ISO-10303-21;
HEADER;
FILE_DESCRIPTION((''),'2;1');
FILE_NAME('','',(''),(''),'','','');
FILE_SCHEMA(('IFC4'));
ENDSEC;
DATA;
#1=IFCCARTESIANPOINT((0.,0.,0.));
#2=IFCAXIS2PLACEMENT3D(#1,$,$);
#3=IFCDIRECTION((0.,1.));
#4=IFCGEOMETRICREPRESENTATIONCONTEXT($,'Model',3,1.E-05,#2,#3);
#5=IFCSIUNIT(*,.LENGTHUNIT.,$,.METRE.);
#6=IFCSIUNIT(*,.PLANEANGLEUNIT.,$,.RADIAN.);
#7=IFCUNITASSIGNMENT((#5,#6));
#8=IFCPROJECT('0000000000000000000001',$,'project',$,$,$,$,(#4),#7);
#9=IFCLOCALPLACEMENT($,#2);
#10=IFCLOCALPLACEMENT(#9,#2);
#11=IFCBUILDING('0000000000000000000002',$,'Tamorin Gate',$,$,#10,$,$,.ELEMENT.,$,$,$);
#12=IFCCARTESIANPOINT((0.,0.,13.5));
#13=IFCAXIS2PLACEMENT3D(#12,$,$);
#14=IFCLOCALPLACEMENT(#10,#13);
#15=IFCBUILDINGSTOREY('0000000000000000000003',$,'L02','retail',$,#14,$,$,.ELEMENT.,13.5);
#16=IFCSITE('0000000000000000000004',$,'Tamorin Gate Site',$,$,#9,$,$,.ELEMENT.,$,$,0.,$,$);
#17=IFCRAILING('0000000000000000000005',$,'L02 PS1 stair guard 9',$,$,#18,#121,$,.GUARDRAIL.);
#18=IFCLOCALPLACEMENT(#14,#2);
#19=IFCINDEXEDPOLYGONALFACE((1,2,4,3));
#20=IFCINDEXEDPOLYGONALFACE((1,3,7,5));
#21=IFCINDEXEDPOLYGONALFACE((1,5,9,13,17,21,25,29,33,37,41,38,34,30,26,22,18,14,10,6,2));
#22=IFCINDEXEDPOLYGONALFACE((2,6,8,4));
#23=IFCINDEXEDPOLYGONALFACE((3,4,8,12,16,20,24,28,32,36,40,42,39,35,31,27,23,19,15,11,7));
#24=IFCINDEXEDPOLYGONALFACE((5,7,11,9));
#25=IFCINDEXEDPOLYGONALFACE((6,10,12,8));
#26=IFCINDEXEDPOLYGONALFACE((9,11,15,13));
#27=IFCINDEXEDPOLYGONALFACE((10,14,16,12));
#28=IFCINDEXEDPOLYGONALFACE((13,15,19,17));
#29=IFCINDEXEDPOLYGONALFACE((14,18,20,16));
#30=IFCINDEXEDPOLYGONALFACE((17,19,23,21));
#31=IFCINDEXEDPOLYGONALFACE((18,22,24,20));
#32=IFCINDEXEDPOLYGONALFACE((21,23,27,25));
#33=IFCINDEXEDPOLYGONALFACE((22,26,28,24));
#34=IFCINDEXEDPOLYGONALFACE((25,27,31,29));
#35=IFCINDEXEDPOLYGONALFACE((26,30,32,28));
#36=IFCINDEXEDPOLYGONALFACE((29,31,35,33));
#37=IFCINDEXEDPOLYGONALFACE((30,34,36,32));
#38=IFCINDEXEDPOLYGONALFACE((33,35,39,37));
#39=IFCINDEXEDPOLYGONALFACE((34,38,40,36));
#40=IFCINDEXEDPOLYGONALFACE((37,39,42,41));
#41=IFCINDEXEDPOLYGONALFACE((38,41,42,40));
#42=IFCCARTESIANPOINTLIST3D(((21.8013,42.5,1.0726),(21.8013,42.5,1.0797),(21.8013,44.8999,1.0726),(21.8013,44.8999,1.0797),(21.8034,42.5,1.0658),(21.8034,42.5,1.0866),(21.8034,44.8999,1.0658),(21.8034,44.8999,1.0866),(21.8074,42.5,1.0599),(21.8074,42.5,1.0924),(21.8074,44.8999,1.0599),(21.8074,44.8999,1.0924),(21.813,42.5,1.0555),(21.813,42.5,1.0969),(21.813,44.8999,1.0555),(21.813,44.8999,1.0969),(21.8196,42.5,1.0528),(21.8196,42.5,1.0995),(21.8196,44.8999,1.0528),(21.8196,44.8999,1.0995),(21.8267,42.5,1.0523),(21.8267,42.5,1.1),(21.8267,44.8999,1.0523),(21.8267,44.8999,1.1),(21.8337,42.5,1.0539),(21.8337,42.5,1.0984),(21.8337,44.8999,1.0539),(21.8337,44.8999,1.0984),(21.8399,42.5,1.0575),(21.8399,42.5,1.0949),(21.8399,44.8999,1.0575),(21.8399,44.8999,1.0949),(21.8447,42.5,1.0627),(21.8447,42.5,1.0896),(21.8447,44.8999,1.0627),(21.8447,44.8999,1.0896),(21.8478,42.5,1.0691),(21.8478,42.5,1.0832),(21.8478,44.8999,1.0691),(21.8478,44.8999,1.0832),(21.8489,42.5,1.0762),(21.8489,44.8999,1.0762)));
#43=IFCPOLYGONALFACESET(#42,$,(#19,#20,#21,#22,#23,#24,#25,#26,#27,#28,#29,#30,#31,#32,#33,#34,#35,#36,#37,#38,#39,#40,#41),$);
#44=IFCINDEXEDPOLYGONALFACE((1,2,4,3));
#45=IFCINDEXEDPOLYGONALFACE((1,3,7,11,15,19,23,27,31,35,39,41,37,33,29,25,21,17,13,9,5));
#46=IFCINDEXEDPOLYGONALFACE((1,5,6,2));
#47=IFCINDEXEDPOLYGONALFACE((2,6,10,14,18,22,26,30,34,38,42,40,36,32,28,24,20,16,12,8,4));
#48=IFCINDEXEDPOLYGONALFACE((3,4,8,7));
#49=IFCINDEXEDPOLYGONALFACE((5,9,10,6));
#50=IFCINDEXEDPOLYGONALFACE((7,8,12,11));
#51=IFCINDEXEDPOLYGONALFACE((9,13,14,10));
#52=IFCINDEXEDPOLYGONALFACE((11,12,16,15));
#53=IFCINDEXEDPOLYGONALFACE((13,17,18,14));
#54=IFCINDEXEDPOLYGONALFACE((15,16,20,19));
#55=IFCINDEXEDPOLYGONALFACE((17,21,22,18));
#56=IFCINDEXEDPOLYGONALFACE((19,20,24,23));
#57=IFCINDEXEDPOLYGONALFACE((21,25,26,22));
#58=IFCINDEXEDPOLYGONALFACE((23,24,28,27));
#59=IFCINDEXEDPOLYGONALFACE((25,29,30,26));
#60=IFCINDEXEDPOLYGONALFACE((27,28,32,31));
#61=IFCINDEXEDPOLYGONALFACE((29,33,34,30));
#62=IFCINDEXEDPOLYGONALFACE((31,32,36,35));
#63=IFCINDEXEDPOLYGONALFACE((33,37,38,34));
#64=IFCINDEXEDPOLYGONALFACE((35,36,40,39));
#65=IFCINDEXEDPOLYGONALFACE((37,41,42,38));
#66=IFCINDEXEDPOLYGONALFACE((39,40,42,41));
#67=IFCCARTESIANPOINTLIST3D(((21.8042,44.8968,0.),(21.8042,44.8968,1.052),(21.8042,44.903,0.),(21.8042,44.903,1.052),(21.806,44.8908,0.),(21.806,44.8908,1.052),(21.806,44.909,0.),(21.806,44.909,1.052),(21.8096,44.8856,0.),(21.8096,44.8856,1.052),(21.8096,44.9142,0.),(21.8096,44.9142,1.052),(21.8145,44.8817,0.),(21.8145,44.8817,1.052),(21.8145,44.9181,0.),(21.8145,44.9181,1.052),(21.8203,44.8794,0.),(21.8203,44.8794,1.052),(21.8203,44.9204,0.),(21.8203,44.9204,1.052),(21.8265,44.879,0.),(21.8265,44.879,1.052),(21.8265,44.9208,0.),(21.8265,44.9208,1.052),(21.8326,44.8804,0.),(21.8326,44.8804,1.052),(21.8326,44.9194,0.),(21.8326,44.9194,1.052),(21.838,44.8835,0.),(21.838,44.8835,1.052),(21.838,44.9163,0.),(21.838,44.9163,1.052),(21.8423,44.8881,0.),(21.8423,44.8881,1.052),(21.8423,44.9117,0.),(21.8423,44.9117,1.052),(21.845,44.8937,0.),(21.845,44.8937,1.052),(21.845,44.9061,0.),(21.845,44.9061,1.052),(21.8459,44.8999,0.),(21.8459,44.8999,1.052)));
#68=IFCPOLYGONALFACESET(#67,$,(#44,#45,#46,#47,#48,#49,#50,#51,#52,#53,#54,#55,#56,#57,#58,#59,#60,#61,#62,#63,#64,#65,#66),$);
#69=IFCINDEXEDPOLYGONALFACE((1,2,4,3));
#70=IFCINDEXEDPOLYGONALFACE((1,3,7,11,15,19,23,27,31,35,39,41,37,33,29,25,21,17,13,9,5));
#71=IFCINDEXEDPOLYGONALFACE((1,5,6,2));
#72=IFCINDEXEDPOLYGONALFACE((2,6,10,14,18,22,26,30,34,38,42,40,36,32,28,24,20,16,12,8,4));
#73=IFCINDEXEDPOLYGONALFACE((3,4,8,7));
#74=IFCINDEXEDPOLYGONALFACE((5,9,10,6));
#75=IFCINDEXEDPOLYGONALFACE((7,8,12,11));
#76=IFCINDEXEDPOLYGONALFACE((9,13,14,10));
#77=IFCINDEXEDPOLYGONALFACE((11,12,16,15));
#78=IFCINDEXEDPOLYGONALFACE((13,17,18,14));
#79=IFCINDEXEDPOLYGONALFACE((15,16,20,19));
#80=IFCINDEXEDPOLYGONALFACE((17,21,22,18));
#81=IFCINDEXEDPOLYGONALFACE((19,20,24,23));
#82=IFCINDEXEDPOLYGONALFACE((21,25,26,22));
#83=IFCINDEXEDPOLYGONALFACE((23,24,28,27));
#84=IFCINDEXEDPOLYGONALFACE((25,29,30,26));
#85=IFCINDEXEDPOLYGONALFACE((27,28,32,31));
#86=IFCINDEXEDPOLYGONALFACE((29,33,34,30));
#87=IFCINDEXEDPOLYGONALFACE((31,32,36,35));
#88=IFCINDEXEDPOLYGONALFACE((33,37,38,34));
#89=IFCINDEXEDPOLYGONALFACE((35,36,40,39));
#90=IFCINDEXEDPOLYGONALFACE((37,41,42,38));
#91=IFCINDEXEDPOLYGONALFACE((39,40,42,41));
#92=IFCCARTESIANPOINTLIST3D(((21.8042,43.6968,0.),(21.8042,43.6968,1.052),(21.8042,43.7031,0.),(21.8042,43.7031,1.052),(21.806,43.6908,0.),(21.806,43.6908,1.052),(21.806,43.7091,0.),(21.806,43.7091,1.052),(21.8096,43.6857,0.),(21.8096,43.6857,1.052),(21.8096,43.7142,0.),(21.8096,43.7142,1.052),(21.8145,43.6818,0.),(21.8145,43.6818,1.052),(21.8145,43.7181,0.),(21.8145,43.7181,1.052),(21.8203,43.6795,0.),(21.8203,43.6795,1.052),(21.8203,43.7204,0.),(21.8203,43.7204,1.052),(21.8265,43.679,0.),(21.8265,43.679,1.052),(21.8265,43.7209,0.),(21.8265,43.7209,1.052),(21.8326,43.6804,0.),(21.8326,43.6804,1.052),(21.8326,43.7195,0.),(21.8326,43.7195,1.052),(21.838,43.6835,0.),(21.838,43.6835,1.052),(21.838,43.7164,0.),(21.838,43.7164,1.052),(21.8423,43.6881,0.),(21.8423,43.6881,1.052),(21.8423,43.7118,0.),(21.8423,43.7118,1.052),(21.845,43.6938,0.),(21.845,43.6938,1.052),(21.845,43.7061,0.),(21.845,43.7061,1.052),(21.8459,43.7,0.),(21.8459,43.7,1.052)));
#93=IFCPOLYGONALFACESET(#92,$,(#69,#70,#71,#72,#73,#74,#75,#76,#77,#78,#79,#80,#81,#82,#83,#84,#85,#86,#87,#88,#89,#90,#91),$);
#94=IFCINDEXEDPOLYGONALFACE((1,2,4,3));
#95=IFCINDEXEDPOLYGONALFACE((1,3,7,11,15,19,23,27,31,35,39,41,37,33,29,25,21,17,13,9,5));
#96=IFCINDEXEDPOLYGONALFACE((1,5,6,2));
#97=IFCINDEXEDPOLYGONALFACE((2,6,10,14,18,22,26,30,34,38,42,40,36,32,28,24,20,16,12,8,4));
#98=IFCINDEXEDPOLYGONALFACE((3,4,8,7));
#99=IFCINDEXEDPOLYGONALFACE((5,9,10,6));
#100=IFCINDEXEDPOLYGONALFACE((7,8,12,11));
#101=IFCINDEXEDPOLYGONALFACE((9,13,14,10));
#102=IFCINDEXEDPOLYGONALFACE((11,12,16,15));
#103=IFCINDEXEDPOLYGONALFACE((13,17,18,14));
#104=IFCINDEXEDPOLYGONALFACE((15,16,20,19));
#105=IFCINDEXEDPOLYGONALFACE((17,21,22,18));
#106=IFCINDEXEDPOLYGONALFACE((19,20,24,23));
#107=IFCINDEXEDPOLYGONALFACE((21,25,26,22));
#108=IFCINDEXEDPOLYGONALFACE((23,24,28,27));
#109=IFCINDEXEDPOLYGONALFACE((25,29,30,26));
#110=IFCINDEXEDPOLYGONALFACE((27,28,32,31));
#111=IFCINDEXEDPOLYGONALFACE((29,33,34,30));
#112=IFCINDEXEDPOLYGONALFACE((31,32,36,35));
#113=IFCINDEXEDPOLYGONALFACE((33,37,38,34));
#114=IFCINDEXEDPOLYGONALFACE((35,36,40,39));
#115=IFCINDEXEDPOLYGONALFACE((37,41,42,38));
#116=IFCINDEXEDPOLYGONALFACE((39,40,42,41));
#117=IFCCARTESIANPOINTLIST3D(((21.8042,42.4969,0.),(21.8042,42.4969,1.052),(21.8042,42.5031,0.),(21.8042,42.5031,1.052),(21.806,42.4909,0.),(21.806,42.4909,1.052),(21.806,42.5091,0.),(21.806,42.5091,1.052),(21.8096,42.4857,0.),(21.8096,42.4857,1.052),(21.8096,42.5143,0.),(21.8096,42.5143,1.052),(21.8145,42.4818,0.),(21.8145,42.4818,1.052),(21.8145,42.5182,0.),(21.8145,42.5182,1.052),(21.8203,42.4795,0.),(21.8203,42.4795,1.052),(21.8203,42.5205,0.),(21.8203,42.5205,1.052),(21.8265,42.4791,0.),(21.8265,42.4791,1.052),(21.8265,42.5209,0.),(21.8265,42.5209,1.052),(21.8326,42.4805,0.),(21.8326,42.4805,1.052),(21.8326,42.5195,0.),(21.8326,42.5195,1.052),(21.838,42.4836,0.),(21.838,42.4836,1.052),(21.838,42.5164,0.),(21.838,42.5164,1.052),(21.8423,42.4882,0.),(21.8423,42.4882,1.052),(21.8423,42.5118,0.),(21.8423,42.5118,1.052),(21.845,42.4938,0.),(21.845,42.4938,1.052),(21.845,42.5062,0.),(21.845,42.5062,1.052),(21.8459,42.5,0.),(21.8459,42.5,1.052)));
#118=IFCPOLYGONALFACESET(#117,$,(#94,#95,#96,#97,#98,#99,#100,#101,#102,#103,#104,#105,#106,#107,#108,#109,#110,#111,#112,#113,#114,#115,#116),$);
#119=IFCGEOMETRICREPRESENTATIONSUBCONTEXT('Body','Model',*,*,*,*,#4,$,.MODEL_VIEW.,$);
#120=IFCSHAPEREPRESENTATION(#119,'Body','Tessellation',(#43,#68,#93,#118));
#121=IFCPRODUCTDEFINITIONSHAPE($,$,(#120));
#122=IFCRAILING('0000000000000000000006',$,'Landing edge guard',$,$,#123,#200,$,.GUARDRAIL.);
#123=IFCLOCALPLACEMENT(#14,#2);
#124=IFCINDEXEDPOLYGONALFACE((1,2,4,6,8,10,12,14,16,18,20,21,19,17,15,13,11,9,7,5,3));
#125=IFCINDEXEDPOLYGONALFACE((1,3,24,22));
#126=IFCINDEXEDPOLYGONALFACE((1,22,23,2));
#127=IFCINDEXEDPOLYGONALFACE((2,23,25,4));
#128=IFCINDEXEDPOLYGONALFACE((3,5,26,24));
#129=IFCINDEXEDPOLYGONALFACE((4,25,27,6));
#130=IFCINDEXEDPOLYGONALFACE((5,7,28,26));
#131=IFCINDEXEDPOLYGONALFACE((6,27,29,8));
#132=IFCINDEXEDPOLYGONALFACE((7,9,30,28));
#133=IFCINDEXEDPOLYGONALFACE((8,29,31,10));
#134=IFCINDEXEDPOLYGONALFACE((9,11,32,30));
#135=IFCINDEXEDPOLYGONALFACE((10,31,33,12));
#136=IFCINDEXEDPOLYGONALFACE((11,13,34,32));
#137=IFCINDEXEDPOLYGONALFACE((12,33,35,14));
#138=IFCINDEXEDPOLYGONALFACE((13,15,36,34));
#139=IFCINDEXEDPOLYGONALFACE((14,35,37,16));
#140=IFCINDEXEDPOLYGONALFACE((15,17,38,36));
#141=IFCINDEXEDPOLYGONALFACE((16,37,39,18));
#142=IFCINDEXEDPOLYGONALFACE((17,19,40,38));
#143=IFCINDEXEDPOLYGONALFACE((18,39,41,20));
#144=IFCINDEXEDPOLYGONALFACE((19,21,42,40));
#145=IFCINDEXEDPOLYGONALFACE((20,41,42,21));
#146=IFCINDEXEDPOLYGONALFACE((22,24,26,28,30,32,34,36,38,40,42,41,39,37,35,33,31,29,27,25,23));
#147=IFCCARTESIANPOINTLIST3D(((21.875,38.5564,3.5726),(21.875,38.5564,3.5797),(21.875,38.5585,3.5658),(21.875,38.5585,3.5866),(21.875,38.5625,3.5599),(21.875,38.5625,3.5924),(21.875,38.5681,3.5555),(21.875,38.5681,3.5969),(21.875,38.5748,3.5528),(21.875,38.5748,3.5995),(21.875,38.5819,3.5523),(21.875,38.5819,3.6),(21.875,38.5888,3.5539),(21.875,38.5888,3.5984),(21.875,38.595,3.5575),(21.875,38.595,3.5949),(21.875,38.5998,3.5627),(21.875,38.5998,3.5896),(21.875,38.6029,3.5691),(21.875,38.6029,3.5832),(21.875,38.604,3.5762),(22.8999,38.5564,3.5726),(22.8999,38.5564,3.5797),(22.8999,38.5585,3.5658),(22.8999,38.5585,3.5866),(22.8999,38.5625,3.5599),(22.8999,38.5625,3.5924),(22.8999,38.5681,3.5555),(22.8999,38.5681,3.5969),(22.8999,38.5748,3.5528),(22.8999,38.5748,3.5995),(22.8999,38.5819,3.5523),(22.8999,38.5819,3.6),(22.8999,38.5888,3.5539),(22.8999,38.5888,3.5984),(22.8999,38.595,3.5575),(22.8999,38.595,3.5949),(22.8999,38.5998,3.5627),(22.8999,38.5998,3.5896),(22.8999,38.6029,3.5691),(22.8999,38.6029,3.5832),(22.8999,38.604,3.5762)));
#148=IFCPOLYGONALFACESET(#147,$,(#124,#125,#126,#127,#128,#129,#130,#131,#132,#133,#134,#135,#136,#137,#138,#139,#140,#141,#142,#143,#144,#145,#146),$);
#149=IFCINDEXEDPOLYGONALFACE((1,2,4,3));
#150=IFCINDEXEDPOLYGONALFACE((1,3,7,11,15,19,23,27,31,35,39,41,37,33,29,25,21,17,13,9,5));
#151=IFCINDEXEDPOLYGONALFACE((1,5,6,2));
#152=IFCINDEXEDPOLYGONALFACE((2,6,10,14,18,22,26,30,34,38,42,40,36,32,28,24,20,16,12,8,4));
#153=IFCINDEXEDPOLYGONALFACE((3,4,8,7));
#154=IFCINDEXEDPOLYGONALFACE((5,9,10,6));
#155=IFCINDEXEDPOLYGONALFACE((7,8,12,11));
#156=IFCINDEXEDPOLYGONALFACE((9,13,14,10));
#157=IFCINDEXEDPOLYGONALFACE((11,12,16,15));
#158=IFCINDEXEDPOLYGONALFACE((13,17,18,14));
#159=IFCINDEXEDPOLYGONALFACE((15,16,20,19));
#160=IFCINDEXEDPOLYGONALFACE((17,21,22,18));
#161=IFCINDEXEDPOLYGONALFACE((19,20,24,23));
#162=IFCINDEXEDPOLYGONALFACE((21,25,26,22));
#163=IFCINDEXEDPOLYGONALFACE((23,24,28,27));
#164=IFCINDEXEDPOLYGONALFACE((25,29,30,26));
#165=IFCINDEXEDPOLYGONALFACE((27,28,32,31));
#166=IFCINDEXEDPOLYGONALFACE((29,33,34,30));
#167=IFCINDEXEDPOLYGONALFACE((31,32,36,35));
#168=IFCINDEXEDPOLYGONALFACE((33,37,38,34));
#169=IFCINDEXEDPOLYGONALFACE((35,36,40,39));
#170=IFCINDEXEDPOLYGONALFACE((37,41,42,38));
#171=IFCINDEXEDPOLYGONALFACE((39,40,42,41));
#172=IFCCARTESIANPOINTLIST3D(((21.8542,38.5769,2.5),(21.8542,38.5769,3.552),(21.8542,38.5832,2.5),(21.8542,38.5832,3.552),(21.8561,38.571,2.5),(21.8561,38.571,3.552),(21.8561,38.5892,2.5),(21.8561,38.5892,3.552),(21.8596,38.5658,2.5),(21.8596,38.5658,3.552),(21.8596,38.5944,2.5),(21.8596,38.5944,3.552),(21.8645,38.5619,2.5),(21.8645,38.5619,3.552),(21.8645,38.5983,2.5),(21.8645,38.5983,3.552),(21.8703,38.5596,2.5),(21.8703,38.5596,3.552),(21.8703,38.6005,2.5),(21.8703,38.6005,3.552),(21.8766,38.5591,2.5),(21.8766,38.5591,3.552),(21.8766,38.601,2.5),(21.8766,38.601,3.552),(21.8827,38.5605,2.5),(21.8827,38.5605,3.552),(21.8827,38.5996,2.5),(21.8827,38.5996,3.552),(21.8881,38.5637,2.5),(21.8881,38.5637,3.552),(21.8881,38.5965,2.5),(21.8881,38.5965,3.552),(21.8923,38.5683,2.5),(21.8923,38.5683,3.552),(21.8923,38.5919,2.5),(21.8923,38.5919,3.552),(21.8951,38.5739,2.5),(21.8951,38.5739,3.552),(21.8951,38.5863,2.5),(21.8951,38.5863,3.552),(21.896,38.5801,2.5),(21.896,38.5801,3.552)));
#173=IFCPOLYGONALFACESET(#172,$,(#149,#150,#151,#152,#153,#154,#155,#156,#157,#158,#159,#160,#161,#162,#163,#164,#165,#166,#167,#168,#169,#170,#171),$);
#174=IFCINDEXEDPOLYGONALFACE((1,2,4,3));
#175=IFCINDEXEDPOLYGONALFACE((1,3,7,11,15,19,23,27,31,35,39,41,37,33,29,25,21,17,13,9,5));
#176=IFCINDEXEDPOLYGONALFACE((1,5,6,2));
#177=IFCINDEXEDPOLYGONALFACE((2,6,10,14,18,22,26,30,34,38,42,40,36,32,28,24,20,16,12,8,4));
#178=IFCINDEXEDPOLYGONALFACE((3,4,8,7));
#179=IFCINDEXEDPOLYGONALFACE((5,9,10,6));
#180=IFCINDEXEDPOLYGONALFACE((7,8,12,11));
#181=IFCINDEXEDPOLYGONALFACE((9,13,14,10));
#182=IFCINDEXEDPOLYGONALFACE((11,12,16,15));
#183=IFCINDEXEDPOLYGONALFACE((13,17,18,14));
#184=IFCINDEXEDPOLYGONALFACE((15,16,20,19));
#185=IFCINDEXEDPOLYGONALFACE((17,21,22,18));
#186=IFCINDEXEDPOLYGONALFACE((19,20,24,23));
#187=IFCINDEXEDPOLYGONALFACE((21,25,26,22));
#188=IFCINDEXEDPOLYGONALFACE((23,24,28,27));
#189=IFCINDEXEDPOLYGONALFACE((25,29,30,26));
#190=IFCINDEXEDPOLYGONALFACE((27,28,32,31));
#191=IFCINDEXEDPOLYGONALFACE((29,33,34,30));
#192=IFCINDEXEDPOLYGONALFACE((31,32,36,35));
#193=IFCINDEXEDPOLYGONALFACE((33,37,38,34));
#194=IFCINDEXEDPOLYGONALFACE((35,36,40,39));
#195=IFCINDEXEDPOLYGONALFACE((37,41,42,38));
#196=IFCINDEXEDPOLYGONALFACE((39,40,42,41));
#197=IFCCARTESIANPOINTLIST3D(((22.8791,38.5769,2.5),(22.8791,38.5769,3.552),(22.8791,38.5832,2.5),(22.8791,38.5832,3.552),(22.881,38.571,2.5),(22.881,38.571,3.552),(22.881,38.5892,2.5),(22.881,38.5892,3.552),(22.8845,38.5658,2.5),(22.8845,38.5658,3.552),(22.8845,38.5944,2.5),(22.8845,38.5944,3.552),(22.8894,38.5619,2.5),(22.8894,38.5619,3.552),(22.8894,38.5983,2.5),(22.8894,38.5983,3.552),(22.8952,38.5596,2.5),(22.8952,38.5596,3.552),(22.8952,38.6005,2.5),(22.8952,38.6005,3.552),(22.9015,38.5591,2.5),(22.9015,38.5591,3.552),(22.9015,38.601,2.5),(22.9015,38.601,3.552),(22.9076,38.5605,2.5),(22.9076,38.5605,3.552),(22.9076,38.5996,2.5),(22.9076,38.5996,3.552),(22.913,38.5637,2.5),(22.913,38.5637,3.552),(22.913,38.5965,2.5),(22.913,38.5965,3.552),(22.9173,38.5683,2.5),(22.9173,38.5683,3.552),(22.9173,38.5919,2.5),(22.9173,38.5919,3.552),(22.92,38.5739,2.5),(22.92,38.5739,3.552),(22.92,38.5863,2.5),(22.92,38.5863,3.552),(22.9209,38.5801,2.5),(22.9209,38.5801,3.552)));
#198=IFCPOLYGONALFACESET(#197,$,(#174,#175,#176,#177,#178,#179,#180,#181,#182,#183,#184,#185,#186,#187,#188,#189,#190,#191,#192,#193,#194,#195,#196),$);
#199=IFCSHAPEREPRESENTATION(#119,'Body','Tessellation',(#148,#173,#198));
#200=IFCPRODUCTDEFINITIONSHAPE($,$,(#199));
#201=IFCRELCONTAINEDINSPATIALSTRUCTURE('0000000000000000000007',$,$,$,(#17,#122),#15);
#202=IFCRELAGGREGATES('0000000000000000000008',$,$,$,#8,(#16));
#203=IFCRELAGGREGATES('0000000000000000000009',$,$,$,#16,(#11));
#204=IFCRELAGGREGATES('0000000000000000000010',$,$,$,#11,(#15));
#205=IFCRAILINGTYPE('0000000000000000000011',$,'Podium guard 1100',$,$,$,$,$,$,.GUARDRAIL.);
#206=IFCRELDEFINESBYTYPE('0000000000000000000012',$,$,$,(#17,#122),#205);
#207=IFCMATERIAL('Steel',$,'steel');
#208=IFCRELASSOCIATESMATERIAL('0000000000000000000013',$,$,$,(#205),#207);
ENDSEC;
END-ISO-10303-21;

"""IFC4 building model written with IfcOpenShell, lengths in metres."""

from ifc_helpers import new_model, si_unit, direction, frame, origin, origin_2d, place, context, subcontext, project, spatial, circle, extrude, material, type_object, element, save


model = new_model("IFC4")

# Units and contexts
model_context = context("Model", 3, precision=1e-05, world=origin(), true_north=direction((0.0, 1.0)))
body_context = subcontext(model_context, "Body", "Model", "MODEL_VIEW")
ifc_project = project(units=[si_unit("LENGTHUNIT", "METRE"), si_unit("PLANEANGLEUNIT", "RADIAN")], contexts=[model_context])

# Site, building, storey
site_placement = place(None, origin())
site = spatial("IfcSite", under=ifc_project, at=site_placement, Name="Tamorin Gate Site", CompositionType="ELEMENT", RefElevation=0.0)
building_placement = place(site_placement, origin())
building = spatial("IfcBuilding", under=site, at=building_placement, Name="Tamorin Gate", CompositionType="ELEMENT")
storey_placement = place(building_placement, frame((0.0, 0.0, 13.5)))
storey = spatial("IfcBuildingStorey", under=building, at=storey_placement, Name="L02", Description="retail", CompositionType="ELEMENT", Elevation=13.5)

# Railings
ifc_material_1 = material(Name="Steel", Category="steel")
railing_type_1 = type_object("IfcRailingType", Name="Podium guard 1100", PredefinedType="GUARDRAIL", material=ifc_material_1)
for number, where, name in (
    (1, (21.825, 44.8999, 0.0), "L02 PS1 stair guard 9"),
):
    element("IfcRailing", number, at=place(storey_placement, frame(where)), inside=storey, type_object=railing_type_1, Name=name, PredefinedType="GUARDRAIL", context=body_context, shape_type="SweptSolid", body=[
        extrude(circle(Radius=0.0239, at=origin_2d()), frame((0.0, 0.0, 1.0762), z_axis=(0.0, -1.0, 0.0), x_axis=(1.0, 0.0, 0.0)), (0.0, 0.0, 1.0), 2.3999),
        extrude(circle(Radius=0.021, at=origin_2d()), origin(), (0.0, 0.0, 1.0), 1.052),
        extrude(circle(Radius=0.021, at=origin_2d()), frame((0.0, -1.2, 0.0)), (0.0, 0.0, 1.0), 1.052),
        extrude(circle(Radius=0.021, at=origin_2d()), frame((0.0, -2.3999, 0.0)), (0.0, 0.0, 1.0), 1.052),
    ])
railing_1_placement = place(storey_placement, frame((21.875, 38.5801, 2.5)))
element("IfcRailing", 2, at=railing_1_placement, inside=storey, type_object=railing_type_1, Name="Landing edge guard", PredefinedType="GUARDRAIL", context=body_context, shape_type="SweptSolid", body=[
    extrude(circle(Radius=0.0239, at=origin_2d()), frame((0.0, 0.0, 1.0762), z_axis=(1.0, 0.0, 0.0), x_axis=(0.0, 1.0, 0.0)), (0.0, 0.0, 1.0), 1.0249),
    extrude(circle(Radius=0.021, at=origin_2d()), origin(), (0.0, 0.0, 1.0), 1.052),
    extrude(circle(Radius=0.021, at=origin_2d()), frame((1.0249, 0.0, 0.0)), (0.0, 0.0, 1.0), 1.052),
])

save(model, "model.ifc")
